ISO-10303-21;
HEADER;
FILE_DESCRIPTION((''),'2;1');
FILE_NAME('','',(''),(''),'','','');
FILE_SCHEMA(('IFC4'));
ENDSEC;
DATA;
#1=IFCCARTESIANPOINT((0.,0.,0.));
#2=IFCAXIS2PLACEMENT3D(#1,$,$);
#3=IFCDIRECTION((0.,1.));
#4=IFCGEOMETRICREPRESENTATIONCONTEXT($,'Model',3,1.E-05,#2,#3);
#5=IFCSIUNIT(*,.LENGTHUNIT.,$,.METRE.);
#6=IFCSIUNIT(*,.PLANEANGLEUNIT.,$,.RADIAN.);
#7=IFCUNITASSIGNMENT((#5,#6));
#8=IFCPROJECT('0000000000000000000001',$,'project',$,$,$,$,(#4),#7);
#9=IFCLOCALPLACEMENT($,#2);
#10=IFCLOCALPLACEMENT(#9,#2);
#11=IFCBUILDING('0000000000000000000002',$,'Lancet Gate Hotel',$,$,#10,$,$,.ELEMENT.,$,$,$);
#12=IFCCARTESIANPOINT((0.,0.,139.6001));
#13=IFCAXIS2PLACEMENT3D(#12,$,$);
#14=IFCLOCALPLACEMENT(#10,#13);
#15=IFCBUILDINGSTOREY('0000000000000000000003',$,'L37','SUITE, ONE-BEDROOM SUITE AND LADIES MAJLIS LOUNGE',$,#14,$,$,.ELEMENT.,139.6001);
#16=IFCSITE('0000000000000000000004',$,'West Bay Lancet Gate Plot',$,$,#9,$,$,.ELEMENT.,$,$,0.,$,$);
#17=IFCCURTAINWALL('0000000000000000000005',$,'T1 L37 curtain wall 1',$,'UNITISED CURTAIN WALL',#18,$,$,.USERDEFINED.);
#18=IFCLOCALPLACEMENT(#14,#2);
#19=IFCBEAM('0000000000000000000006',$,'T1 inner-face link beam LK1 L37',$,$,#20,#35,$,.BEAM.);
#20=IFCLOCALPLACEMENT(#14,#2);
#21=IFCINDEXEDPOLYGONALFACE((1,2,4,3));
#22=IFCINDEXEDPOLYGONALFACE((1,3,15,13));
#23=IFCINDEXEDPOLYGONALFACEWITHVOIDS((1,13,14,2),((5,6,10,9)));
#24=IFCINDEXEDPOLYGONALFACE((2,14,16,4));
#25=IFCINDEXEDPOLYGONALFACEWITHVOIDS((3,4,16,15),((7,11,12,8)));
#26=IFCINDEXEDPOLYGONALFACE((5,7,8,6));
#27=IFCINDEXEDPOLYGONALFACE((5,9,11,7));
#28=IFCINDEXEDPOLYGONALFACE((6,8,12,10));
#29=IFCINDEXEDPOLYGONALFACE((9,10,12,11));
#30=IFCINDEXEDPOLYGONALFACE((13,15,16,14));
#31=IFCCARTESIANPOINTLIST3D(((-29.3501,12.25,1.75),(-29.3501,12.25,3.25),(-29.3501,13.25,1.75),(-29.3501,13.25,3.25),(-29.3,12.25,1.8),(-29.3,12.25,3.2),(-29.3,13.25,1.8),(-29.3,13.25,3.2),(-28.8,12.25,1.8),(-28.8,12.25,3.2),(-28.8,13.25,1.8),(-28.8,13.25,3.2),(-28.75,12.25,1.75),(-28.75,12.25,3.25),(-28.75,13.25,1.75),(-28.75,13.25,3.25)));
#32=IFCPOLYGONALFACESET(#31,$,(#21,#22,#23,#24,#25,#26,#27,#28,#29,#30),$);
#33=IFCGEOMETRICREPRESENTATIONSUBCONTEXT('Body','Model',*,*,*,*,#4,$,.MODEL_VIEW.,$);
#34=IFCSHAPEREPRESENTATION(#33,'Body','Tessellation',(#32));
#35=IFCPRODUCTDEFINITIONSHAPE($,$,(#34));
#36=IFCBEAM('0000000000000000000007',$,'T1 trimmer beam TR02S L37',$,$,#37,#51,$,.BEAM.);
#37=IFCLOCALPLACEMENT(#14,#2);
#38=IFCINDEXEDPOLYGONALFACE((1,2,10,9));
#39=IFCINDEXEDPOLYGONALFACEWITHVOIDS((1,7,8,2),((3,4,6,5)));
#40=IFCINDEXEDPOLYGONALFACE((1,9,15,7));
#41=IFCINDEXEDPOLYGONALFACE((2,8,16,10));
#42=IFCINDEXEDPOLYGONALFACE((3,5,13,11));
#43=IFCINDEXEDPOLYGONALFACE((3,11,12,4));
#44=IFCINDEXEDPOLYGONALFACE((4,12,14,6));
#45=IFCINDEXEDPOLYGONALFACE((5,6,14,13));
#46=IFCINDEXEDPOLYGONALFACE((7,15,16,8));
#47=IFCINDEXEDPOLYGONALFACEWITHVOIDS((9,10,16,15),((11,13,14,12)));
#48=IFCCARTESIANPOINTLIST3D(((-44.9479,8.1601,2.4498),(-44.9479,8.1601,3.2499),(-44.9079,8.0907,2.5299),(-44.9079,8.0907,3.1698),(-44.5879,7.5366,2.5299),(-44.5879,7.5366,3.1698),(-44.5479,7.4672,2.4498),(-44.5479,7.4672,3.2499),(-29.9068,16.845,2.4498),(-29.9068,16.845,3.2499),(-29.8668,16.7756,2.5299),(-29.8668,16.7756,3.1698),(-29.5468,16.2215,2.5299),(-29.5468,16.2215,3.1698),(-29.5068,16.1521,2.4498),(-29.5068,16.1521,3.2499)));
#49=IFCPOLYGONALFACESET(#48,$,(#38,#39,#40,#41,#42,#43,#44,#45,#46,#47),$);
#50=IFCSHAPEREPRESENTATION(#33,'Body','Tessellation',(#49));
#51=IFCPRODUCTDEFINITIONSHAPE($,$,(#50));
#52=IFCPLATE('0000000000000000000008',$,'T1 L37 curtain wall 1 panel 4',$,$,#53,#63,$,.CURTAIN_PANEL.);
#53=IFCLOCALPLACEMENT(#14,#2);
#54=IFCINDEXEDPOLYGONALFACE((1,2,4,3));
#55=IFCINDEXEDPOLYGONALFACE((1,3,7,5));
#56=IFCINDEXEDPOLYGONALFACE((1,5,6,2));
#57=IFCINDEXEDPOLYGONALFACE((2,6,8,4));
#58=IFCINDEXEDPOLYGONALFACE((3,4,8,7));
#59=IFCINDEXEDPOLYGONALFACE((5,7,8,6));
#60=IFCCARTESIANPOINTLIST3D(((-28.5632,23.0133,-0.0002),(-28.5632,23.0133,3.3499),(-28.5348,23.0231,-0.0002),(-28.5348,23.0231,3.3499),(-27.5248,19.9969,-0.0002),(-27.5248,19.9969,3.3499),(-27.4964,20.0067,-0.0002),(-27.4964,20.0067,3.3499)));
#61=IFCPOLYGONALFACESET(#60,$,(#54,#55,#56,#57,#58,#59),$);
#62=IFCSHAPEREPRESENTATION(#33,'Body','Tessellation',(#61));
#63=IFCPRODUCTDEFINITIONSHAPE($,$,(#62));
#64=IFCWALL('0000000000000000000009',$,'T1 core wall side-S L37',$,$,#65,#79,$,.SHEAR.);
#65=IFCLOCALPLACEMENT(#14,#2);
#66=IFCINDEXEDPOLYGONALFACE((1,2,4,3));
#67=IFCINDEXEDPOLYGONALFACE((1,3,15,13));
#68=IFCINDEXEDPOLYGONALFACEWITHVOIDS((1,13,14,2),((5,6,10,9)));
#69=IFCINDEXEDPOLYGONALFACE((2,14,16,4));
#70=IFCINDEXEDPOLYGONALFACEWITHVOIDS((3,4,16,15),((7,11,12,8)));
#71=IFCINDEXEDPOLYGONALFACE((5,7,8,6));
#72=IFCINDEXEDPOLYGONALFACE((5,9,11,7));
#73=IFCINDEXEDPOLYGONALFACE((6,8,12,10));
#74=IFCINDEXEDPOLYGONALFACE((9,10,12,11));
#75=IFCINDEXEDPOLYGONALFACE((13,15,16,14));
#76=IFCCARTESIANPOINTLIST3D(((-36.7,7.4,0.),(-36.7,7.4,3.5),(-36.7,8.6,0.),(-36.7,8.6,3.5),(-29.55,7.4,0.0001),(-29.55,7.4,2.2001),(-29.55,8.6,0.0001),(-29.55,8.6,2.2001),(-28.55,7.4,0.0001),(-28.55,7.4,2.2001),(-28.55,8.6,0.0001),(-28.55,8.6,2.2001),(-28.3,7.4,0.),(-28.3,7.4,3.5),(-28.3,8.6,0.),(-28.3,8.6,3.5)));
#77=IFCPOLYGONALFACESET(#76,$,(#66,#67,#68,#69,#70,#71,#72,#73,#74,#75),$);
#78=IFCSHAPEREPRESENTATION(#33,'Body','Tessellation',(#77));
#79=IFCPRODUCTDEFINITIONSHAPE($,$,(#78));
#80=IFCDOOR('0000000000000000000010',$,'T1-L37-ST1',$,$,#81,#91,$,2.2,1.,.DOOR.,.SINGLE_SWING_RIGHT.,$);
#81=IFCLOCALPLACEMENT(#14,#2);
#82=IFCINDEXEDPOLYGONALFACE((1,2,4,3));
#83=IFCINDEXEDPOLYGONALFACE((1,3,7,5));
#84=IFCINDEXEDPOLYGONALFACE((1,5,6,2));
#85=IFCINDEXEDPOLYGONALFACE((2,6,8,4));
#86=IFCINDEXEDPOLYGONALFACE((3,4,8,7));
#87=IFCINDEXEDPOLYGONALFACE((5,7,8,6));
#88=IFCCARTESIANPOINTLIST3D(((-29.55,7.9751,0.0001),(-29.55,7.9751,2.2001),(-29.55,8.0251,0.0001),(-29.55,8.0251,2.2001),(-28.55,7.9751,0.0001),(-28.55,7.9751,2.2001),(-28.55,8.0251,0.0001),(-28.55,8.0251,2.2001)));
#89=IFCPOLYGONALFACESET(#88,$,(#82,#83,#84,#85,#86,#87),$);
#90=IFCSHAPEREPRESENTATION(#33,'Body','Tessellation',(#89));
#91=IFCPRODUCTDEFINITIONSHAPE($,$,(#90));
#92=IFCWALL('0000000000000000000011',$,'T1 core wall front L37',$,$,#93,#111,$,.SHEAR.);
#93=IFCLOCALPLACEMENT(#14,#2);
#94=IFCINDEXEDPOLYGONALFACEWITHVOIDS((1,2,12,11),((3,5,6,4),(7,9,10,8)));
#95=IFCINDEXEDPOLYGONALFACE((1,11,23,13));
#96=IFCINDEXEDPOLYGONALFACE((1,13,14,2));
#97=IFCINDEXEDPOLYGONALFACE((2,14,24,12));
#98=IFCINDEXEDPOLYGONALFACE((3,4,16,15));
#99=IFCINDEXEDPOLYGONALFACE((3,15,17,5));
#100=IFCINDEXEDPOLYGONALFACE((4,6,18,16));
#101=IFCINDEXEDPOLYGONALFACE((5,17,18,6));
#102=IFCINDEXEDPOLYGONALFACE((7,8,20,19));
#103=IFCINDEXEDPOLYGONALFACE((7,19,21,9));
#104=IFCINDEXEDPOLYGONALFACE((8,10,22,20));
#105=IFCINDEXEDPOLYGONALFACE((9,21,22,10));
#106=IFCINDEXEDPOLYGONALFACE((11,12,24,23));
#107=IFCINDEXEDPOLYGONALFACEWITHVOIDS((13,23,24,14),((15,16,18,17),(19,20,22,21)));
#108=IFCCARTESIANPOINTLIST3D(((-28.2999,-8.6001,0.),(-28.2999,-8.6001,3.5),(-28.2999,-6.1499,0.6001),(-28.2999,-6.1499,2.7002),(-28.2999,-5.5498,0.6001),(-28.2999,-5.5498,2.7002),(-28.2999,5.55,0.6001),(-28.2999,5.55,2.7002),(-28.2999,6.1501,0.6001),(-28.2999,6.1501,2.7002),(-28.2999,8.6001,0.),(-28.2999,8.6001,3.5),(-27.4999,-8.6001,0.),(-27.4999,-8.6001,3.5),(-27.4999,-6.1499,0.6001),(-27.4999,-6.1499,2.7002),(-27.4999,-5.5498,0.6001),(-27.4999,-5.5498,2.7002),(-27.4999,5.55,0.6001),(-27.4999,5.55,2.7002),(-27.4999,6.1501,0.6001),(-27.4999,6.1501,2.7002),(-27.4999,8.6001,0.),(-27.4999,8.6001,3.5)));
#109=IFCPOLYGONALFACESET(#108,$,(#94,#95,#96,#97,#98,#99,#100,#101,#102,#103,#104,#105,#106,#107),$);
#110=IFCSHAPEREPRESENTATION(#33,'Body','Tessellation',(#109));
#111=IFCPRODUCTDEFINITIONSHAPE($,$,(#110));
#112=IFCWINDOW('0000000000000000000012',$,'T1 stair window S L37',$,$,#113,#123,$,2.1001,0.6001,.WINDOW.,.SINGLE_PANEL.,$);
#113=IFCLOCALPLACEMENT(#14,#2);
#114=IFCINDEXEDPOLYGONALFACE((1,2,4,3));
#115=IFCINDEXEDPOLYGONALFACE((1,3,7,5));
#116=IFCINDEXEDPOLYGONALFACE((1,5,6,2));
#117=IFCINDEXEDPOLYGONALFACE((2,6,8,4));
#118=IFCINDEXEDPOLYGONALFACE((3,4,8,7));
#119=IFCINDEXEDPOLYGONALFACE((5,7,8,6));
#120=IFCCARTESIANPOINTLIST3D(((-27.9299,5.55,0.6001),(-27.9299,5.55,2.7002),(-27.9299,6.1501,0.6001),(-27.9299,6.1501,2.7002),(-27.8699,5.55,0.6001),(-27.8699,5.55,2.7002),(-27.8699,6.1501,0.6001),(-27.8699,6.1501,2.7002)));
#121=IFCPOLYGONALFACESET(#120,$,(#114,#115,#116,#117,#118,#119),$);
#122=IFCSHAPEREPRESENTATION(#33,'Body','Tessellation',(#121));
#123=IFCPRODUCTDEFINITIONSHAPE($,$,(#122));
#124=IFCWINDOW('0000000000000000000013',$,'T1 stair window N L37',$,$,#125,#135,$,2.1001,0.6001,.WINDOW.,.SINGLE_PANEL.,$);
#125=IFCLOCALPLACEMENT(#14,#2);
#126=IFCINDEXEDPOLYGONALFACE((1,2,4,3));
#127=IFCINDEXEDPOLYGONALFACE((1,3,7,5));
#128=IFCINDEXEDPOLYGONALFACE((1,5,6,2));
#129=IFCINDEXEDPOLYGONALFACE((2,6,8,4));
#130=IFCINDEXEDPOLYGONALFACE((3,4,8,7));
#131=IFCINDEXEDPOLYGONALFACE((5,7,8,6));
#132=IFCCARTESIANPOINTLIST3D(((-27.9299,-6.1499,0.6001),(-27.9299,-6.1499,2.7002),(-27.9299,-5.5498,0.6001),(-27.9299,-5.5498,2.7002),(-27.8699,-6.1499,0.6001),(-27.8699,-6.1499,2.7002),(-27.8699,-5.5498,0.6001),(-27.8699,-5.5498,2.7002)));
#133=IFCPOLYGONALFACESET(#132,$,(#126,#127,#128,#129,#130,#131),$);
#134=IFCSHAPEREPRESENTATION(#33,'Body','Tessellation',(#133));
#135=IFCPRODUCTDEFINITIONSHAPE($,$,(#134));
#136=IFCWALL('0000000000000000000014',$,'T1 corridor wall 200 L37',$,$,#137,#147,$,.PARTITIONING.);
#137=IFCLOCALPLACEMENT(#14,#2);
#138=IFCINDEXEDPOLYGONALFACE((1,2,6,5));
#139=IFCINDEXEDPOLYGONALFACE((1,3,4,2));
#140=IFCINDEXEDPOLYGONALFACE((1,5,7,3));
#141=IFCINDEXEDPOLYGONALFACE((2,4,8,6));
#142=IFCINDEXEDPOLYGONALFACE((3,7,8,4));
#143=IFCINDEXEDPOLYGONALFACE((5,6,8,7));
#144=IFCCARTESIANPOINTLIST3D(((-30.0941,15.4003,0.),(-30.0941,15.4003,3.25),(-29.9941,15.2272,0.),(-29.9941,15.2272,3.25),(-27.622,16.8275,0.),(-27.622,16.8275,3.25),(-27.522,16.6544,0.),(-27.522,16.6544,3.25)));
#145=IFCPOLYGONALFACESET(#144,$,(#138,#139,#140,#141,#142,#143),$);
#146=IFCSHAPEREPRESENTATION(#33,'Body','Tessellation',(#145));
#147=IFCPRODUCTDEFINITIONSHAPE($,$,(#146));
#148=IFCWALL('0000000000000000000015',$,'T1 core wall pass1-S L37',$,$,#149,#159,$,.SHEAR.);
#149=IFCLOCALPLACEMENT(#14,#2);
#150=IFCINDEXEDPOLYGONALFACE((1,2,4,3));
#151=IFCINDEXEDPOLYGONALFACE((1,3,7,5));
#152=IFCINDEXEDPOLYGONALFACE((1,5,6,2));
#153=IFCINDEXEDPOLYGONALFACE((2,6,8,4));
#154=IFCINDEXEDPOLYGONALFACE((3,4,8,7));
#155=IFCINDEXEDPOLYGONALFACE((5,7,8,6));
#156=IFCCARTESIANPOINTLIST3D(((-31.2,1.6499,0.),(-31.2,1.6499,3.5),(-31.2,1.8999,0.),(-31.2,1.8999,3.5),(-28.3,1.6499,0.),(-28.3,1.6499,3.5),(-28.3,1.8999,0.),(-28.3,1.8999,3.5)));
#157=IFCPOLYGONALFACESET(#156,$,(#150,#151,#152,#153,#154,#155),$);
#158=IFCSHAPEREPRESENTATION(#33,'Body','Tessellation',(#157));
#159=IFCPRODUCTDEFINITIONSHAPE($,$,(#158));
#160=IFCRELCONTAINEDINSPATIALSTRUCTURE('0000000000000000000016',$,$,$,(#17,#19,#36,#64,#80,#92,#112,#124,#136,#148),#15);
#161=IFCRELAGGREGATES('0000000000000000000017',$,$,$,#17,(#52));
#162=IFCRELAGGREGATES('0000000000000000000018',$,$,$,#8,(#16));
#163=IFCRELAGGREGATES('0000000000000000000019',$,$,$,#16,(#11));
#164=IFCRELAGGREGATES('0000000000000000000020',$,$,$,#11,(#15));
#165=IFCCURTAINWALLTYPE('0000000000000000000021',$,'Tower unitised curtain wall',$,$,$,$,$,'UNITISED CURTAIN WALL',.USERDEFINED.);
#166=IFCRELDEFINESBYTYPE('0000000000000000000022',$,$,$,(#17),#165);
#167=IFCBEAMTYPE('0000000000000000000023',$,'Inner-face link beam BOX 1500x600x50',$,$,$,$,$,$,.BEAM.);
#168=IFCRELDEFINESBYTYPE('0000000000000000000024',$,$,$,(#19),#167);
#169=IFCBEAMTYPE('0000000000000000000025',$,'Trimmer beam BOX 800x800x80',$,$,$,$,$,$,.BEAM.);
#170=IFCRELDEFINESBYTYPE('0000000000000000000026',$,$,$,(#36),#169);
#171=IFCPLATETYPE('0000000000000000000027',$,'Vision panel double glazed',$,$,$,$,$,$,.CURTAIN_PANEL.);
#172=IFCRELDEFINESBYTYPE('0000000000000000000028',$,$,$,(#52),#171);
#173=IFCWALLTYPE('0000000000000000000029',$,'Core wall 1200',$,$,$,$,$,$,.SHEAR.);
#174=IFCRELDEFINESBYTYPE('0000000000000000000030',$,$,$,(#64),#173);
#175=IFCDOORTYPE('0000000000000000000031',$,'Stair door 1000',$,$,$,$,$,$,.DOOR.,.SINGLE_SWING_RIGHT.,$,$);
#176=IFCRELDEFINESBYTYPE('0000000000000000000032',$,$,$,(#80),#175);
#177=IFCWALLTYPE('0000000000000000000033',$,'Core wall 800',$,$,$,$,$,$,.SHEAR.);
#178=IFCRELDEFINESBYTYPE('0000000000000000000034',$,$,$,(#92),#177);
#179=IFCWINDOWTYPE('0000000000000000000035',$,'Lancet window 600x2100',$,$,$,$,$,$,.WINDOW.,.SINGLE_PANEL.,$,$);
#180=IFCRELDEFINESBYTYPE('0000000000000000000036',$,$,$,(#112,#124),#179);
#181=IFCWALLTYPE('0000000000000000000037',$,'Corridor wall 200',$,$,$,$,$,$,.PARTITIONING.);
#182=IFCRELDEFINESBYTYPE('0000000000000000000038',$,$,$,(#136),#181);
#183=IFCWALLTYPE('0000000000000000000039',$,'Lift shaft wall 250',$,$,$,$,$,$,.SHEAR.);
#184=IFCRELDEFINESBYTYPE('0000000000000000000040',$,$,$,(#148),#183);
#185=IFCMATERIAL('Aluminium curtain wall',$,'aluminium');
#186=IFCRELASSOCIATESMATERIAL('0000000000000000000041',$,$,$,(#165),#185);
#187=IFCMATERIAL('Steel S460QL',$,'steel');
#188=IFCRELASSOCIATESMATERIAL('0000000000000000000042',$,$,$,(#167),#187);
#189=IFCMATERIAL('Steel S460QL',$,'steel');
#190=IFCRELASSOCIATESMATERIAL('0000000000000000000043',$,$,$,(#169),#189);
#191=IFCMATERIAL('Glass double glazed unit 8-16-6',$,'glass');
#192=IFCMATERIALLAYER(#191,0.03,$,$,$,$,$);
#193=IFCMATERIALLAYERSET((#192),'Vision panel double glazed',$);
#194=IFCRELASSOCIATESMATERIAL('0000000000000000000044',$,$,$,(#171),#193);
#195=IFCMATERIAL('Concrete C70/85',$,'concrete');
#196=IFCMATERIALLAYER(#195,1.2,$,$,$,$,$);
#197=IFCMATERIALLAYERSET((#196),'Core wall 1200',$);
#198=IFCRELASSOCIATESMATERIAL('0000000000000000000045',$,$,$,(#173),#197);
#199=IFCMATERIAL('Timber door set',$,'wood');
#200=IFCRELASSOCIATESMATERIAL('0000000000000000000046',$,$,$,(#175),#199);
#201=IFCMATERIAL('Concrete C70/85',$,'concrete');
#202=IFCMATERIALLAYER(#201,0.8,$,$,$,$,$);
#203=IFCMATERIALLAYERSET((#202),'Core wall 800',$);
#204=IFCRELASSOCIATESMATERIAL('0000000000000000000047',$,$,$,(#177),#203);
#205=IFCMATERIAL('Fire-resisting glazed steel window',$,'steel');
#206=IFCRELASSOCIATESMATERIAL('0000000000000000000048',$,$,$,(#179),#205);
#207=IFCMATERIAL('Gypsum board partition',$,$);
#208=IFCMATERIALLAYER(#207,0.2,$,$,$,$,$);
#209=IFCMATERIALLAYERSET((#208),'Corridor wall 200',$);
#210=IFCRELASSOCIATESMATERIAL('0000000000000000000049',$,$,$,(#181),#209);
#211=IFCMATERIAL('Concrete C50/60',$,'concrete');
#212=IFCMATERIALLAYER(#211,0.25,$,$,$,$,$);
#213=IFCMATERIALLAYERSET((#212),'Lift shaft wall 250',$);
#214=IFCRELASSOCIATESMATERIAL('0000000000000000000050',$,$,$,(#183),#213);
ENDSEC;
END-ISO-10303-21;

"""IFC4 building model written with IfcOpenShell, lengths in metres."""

from ifc_helpers import new_model, si_unit, direction, frame, frame_2d, origin, origin_2d, place, context, subcontext, project, spatial, rectangle, hollow_rectangle, extrude, material, layer, layer_set, material_profile, profile_set, type_object, element, fill, aggregate, save


model = new_model("IFC4")

# Units and contexts
model_context = context("Model", 3, precision=1e-05, world=origin(), true_north=direction((0.0, 1.0)))
body_context = subcontext(model_context, "Body", "Model", "MODEL_VIEW")
ifc_project = project(units=[si_unit("LENGTHUNIT", "METRE"), si_unit("PLANEANGLEUNIT", "RADIAN")], contexts=[model_context])

# Site, building, storey
site_placement = place(None, origin())
site = spatial("IfcSite", under=ifc_project, at=site_placement, Name="West Bay Lancet Gate Plot", CompositionType="ELEMENT", RefElevation=0.0)
building_placement = place(site_placement, origin())
building = spatial("IfcBuilding", under=site, at=building_placement, Name="Lancet Gate Hotel", CompositionType="ELEMENT")
storey_placement = place(building_placement, frame((0.0, 0.0, 139.6001)))
storey = spatial("IfcBuildingStorey", under=building, at=storey_placement, Name="L37", Description="SUITE, ONE-BEDROOM SUITE AND LADIES MAJLIS LOUNGE", CompositionType="ELEMENT", Elevation=139.6001)

# Curtain wall
ifc_material_1 = material(Name="Aluminium curtain wall", Category="aluminium")
curtain_wall_type = type_object("IfcCurtainWallType", Name="Tower unitised curtain wall", ElementType="UNITISED CURTAIN WALL", PredefinedType="USERDEFINED", material=ifc_material_1)
curtain_wall_placement = place(storey_placement, origin())
curtain_wall = element("IfcCurtainWall", 1, at=curtain_wall_placement, inside=storey, type_object=curtain_wall_type, Name="T1 L37 curtain wall 1", ObjectType="UNITISED CURTAIN WALL", PredefinedType="USERDEFINED")

# Beams
ifc_material_2 = material(Name="Steel S460QL", Category="steel")
ifc_material_profile_1 = material_profile(ifc_material_2, hollow_rectangle(XDim=0.6001, YDim=1.5, WallThickness=0.05, at=origin_2d()), Name="BOX 1500x600x50")
ifc_profile_set_1 = profile_set([ifc_material_profile_1], Name="Steel S460QL")
beam_type_1 = type_object("IfcBeamType", Name="Inner-face link beam BOX 1500x600x50", PredefinedType="BEAM", material=ifc_profile_set_1)
beam_1_placement = place(storey_placement, frame((-29.05, 13.25, 2.5), z_axis=(0.0, -1.0, 0.0), x_axis=(1.0, 0.0, 0.0)))
element("IfcBeam", 2, at=beam_1_placement, inside=storey, type_object=beam_type_1, Name="T1 inner-face link beam LK1 L37", PredefinedType="BEAM", context=body_context, shape_type="SweptSolid", body=[
    extrude(hollow_rectangle(XDim=0.6001, YDim=1.5, WallThickness=0.05, at=origin_2d()), origin(), (0.0, 0.0, 1.0), 1.0),
])
ifc_material_3 = material(Name="Steel S460QL", Category="steel")
ifc_material_profile_2 = material_profile(ifc_material_3, hollow_rectangle(XDim=0.8, YDim=0.8, WallThickness=0.0801, at=origin_2d()), Name="BOX 800x800x80")
ifc_profile_set_2 = profile_set([ifc_material_profile_2], Name="Steel S460QL")
beam_type_2 = type_object("IfcBeamType", Name="Trimmer beam BOX 800x800x80", PredefinedType="BEAM", material=ifc_profile_set_2)
beam_2_placement = place(storey_placement, frame((-29.7068, 16.4985, 2.8499), z_axis=(-0.866003, -0.500038, 0.0), x_axis=(0.500038, -0.866003, 0.0)))
element("IfcBeam", 3, at=beam_2_placement, inside=storey, type_object=beam_type_2, Name="T1 trimmer beam TR02S L37", PredefinedType="BEAM", context=body_context, shape_type="SweptSolid", body=[
    extrude(hollow_rectangle(XDim=0.8, YDim=0.8, WallThickness=0.0801, at=origin_2d()), origin(), (0.0, 0.0, 1.0), 17.3684),
])

# Plate
ifc_material_4 = material(Name="Glass double glazed unit 8-16-6", Category="glass")
ifc_layer_1 = layer(ifc_material_4, 0.03)
ifc_layer_set_1 = layer_set([ifc_layer_1], Name="Vision panel double glazed")
plate_type = type_object("IfcPlateType", Name="Vision panel double glazed", PredefinedType="CURTAIN_PANEL", material=ifc_layer_set_1)
plate_placement = place(storey_placement, frame((-28.0298, 21.51, -0.0002), z_axis=(0.0, 0.0, 1.0), x_axis=(-0.325516, 0.945537, 0.0)))
plate = element("IfcPlate", 4, at=plate_placement, type_object=plate_type, Name="T1 L37 curtain wall 1 panel 4", PredefinedType="CURTAIN_PANEL", context=body_context, shape_type="SweptSolid", body=[
    extrude(rectangle(XDim=3.1902, YDim=0.03, at=origin_2d()), origin(), (0.0, 0.0, 1.0), 3.3501),
])
aggregate(curtain_wall, [plate])

# Wall, opening, door
ifc_material_5 = material(Name="Concrete C70/85", Category="concrete")
ifc_layer_2 = layer(ifc_material_5, 1.2)
ifc_layer_set_2 = layer_set([ifc_layer_2], Name="Core wall 1200")
wall_type_1 = type_object("IfcWallType", Name="Core wall 1200", PredefinedType="SHEAR", material=ifc_layer_set_2)
wall_1_placement = place(storey_placement, frame((-28.3, 8.0, 0.0), z_axis=(0.0, 0.0, 1.0), x_axis=(-1.0, 0.0, 0.0)))
wall_1 = element("IfcWall", 5, at=wall_1_placement, inside=storey, type_object=wall_type_1, Name="T1 core wall side-S L37", PredefinedType="SHEAR", context=body_context, shape_type="SweptSolid", body=[
    extrude(rectangle(XDim=8.3999, YDim=1.2, at=frame_2d((4.2, 0.0))), origin(), (0.0, 0.0, 1.0), 3.5),
])
opening_1_placement = place(wall_1_placement, frame((0.25, 0.0, 0.0)))
opening_1 = element("IfcOpeningElement", 6, at=opening_1_placement, cuts=wall_1, PredefinedType="OPENING", context=body_context, shape_type="SweptSolid", body=[
    extrude(rectangle(XDim=1.0, YDim=2.2, at=frame_2d((0.5, 1.1001))), frame((0.0, 0.6099, 0.0), z_axis=(0.0, -1.0, 0.0), x_axis=(1.0, 0.0, 0.0)), (0.0, 0.0, 1.0), 1.22),
])
ifc_material_6 = material(Name="Timber door set", Category="wood")
door_type = type_object("IfcDoorType", Name="Stair door 1000", OperationType="SINGLE_SWING_RIGHT", PredefinedType="DOOR", material=ifc_material_6)
door_placement = place(opening_1_placement, origin())
door = element("IfcDoor", 7, at=door_placement, inside=storey, type_object=door_type, Name="T1-L37-ST1", OperationType="SINGLE_SWING_RIGHT", OverallHeight=2.2, OverallWidth=1.0, PredefinedType="DOOR", context=body_context, shape_type="SweptSolid", body=[
    extrude(rectangle(XDim=1.0, YDim=2.2, at=frame_2d((0.5, 1.1001))), frame((0.0, 0.0249, 0.0), z_axis=(0.0, -1.0, 0.0), x_axis=(1.0, 0.0, 0.0)), (0.0, 0.0, 1.0), 0.05),
])
fill(opening_1, door)

# Wall, openings, windows
ifc_material_7 = material(Name="Concrete C70/85", Category="concrete")
ifc_layer_3 = layer(ifc_material_7, 0.8)
ifc_layer_set_3 = layer_set([ifc_layer_3], Name="Core wall 800")
wall_type_2 = type_object("IfcWallType", Name="Core wall 800", PredefinedType="SHEAR", material=ifc_layer_set_3)
wall_2_placement = place(storey_placement, frame((-27.8999, 8.6001, 0.0), z_axis=(0.0, 0.0, 1.0), x_axis=(0.0, -1.0, 0.0)))
wall_2 = element("IfcWall", 8, at=wall_2_placement, inside=storey, type_object=wall_type_2, Name="T1 core wall front L37", PredefinedType="SHEAR", context=body_context, shape_type="SweptSolid", body=[
    extrude(rectangle(XDim=17.2002, YDim=0.8, at=frame_2d((8.6001, 0.0))), origin(), (0.0, 0.0, 1.0), 3.5),
])
opening_2_placement = place(wall_2_placement, frame((2.45, 0.0, 0.6001)))
opening_2 = element("IfcOpeningElement", 9, at=opening_2_placement, cuts=wall_2, PredefinedType="OPENING", context=body_context, shape_type="SweptSolid", body=[
    extrude(rectangle(XDim=0.6001, YDim=2.1001, at=frame_2d((0.3, 1.05))), frame((0.0, 0.4099, 0.0), z_axis=(0.0, -1.0, 0.0), x_axis=(1.0, 0.0, 0.0)), (0.0, 0.0, 1.0), 0.8201),
])
opening_3_placement = place(wall_2_placement, frame((14.1499, 0.0, 0.6001)))
opening_3 = element("IfcOpeningElement", 10, at=opening_3_placement, cuts=wall_2, PredefinedType="OPENING", context=body_context, shape_type="SweptSolid", body=[
    extrude(rectangle(XDim=0.6001, YDim=2.1001, at=frame_2d((0.3, 1.05))), frame((0.0, 0.4099, 0.0), z_axis=(0.0, -1.0, 0.0), x_axis=(1.0, 0.0, 0.0)), (0.0, 0.0, 1.0), 0.8201),
])
ifc_material_8 = material(Name="Fire-resisting glazed steel window", Category="steel")
window_type = type_object("IfcWindowType", Name="Lancet window 600x2100", PartitioningType="SINGLE_PANEL", PredefinedType="WINDOW", material=ifc_material_8)
window_1_placement = place(opening_2_placement, origin())
window_1 = element("IfcWindow", 11, at=window_1_placement, inside=storey, type_object=window_type, Name="T1 stair window S L37", OverallHeight=2.1001, OverallWidth=0.6001, PartitioningType="SINGLE_PANEL", PredefinedType="WINDOW", context=body_context, shape_type="SweptSolid", body=[
    extrude(rectangle(XDim=0.6001, YDim=2.1001, at=frame_2d((0.3, 1.05))), frame((0.0, 0.03, 0.0), z_axis=(0.0, -1.0, 0.0), x_axis=(1.0, 0.0, 0.0)), (0.0, 0.0, 1.0), 0.0601),
])
fill(opening_2, window_1)
window_2_placement = place(opening_3_placement, origin())
window_2 = element("IfcWindow", 12, at=window_2_placement, inside=storey, type_object=window_type, Name="T1 stair window N L37", OverallHeight=2.1001, OverallWidth=0.6001, PartitioningType="SINGLE_PANEL", PredefinedType="WINDOW", context=body_context, shape_type="SweptSolid", body=[
    extrude(rectangle(XDim=0.6001, YDim=2.1001, at=frame_2d((0.3, 1.05))), frame((0.0, 0.03, 0.0), z_axis=(0.0, -1.0, 0.0), x_axis=(1.0, 0.0, 0.0)), (0.0, 0.0, 1.0), 0.0601),
])
fill(opening_3, window_2)

# Walls
ifc_material_9 = material(Name="Gypsum board partition")
ifc_layer_4 = layer(ifc_material_9, 0.2)
ifc_layer_set_4 = layer_set([ifc_layer_4], Name="Corridor wall 200")
wall_type_3 = type_object("IfcWallType", Name="Corridor wall 200", PredefinedType="PARTITIONING", material=ifc_layer_set_4)
wall_3_placement = place(storey_placement, frame((-27.572, 16.741, 0.0), z_axis=(0.0, 0.0, 1.0), x_axis=(-0.866035, -0.499984, 0.0)))
element("IfcWall", 13, at=wall_3_placement, inside=storey, type_object=wall_type_3, Name="T1 corridor wall 200 L37", PredefinedType="PARTITIONING", context=body_context, shape_type="SweptSolid", body=[
    extrude(rectangle(XDim=2.8545, YDim=0.2, at=frame_2d((1.4272, 0.0))), origin(), (0.0, 0.0, 1.0), 3.25),
])
ifc_material_10 = material(Name="Concrete C50/60", Category="concrete")
ifc_layer_5 = layer(ifc_material_10, 0.25)
ifc_layer_set_5 = layer_set([ifc_layer_5], Name="Lift shaft wall 250")
wall_type_4 = type_object("IfcWallType", Name="Lift shaft wall 250", PredefinedType="SHEAR", material=ifc_layer_set_5)
wall_4_placement = place(storey_placement, frame((-28.3, 1.7749, 0.0), z_axis=(0.0, 0.0, 1.0), x_axis=(-1.0, 0.0, 0.0)))
element("IfcWall", 14, at=wall_4_placement, inside=storey, type_object=wall_type_4, Name="T1 core wall pass1-S L37", PredefinedType="SHEAR", context=body_context, shape_type="SweptSolid", body=[
    extrude(rectangle(XDim=2.8999, YDim=0.25, at=frame_2d((1.45, 0.0))), origin(), (0.0, 0.0, 1.0), 3.5),
])

save(model, "model.ifc")
